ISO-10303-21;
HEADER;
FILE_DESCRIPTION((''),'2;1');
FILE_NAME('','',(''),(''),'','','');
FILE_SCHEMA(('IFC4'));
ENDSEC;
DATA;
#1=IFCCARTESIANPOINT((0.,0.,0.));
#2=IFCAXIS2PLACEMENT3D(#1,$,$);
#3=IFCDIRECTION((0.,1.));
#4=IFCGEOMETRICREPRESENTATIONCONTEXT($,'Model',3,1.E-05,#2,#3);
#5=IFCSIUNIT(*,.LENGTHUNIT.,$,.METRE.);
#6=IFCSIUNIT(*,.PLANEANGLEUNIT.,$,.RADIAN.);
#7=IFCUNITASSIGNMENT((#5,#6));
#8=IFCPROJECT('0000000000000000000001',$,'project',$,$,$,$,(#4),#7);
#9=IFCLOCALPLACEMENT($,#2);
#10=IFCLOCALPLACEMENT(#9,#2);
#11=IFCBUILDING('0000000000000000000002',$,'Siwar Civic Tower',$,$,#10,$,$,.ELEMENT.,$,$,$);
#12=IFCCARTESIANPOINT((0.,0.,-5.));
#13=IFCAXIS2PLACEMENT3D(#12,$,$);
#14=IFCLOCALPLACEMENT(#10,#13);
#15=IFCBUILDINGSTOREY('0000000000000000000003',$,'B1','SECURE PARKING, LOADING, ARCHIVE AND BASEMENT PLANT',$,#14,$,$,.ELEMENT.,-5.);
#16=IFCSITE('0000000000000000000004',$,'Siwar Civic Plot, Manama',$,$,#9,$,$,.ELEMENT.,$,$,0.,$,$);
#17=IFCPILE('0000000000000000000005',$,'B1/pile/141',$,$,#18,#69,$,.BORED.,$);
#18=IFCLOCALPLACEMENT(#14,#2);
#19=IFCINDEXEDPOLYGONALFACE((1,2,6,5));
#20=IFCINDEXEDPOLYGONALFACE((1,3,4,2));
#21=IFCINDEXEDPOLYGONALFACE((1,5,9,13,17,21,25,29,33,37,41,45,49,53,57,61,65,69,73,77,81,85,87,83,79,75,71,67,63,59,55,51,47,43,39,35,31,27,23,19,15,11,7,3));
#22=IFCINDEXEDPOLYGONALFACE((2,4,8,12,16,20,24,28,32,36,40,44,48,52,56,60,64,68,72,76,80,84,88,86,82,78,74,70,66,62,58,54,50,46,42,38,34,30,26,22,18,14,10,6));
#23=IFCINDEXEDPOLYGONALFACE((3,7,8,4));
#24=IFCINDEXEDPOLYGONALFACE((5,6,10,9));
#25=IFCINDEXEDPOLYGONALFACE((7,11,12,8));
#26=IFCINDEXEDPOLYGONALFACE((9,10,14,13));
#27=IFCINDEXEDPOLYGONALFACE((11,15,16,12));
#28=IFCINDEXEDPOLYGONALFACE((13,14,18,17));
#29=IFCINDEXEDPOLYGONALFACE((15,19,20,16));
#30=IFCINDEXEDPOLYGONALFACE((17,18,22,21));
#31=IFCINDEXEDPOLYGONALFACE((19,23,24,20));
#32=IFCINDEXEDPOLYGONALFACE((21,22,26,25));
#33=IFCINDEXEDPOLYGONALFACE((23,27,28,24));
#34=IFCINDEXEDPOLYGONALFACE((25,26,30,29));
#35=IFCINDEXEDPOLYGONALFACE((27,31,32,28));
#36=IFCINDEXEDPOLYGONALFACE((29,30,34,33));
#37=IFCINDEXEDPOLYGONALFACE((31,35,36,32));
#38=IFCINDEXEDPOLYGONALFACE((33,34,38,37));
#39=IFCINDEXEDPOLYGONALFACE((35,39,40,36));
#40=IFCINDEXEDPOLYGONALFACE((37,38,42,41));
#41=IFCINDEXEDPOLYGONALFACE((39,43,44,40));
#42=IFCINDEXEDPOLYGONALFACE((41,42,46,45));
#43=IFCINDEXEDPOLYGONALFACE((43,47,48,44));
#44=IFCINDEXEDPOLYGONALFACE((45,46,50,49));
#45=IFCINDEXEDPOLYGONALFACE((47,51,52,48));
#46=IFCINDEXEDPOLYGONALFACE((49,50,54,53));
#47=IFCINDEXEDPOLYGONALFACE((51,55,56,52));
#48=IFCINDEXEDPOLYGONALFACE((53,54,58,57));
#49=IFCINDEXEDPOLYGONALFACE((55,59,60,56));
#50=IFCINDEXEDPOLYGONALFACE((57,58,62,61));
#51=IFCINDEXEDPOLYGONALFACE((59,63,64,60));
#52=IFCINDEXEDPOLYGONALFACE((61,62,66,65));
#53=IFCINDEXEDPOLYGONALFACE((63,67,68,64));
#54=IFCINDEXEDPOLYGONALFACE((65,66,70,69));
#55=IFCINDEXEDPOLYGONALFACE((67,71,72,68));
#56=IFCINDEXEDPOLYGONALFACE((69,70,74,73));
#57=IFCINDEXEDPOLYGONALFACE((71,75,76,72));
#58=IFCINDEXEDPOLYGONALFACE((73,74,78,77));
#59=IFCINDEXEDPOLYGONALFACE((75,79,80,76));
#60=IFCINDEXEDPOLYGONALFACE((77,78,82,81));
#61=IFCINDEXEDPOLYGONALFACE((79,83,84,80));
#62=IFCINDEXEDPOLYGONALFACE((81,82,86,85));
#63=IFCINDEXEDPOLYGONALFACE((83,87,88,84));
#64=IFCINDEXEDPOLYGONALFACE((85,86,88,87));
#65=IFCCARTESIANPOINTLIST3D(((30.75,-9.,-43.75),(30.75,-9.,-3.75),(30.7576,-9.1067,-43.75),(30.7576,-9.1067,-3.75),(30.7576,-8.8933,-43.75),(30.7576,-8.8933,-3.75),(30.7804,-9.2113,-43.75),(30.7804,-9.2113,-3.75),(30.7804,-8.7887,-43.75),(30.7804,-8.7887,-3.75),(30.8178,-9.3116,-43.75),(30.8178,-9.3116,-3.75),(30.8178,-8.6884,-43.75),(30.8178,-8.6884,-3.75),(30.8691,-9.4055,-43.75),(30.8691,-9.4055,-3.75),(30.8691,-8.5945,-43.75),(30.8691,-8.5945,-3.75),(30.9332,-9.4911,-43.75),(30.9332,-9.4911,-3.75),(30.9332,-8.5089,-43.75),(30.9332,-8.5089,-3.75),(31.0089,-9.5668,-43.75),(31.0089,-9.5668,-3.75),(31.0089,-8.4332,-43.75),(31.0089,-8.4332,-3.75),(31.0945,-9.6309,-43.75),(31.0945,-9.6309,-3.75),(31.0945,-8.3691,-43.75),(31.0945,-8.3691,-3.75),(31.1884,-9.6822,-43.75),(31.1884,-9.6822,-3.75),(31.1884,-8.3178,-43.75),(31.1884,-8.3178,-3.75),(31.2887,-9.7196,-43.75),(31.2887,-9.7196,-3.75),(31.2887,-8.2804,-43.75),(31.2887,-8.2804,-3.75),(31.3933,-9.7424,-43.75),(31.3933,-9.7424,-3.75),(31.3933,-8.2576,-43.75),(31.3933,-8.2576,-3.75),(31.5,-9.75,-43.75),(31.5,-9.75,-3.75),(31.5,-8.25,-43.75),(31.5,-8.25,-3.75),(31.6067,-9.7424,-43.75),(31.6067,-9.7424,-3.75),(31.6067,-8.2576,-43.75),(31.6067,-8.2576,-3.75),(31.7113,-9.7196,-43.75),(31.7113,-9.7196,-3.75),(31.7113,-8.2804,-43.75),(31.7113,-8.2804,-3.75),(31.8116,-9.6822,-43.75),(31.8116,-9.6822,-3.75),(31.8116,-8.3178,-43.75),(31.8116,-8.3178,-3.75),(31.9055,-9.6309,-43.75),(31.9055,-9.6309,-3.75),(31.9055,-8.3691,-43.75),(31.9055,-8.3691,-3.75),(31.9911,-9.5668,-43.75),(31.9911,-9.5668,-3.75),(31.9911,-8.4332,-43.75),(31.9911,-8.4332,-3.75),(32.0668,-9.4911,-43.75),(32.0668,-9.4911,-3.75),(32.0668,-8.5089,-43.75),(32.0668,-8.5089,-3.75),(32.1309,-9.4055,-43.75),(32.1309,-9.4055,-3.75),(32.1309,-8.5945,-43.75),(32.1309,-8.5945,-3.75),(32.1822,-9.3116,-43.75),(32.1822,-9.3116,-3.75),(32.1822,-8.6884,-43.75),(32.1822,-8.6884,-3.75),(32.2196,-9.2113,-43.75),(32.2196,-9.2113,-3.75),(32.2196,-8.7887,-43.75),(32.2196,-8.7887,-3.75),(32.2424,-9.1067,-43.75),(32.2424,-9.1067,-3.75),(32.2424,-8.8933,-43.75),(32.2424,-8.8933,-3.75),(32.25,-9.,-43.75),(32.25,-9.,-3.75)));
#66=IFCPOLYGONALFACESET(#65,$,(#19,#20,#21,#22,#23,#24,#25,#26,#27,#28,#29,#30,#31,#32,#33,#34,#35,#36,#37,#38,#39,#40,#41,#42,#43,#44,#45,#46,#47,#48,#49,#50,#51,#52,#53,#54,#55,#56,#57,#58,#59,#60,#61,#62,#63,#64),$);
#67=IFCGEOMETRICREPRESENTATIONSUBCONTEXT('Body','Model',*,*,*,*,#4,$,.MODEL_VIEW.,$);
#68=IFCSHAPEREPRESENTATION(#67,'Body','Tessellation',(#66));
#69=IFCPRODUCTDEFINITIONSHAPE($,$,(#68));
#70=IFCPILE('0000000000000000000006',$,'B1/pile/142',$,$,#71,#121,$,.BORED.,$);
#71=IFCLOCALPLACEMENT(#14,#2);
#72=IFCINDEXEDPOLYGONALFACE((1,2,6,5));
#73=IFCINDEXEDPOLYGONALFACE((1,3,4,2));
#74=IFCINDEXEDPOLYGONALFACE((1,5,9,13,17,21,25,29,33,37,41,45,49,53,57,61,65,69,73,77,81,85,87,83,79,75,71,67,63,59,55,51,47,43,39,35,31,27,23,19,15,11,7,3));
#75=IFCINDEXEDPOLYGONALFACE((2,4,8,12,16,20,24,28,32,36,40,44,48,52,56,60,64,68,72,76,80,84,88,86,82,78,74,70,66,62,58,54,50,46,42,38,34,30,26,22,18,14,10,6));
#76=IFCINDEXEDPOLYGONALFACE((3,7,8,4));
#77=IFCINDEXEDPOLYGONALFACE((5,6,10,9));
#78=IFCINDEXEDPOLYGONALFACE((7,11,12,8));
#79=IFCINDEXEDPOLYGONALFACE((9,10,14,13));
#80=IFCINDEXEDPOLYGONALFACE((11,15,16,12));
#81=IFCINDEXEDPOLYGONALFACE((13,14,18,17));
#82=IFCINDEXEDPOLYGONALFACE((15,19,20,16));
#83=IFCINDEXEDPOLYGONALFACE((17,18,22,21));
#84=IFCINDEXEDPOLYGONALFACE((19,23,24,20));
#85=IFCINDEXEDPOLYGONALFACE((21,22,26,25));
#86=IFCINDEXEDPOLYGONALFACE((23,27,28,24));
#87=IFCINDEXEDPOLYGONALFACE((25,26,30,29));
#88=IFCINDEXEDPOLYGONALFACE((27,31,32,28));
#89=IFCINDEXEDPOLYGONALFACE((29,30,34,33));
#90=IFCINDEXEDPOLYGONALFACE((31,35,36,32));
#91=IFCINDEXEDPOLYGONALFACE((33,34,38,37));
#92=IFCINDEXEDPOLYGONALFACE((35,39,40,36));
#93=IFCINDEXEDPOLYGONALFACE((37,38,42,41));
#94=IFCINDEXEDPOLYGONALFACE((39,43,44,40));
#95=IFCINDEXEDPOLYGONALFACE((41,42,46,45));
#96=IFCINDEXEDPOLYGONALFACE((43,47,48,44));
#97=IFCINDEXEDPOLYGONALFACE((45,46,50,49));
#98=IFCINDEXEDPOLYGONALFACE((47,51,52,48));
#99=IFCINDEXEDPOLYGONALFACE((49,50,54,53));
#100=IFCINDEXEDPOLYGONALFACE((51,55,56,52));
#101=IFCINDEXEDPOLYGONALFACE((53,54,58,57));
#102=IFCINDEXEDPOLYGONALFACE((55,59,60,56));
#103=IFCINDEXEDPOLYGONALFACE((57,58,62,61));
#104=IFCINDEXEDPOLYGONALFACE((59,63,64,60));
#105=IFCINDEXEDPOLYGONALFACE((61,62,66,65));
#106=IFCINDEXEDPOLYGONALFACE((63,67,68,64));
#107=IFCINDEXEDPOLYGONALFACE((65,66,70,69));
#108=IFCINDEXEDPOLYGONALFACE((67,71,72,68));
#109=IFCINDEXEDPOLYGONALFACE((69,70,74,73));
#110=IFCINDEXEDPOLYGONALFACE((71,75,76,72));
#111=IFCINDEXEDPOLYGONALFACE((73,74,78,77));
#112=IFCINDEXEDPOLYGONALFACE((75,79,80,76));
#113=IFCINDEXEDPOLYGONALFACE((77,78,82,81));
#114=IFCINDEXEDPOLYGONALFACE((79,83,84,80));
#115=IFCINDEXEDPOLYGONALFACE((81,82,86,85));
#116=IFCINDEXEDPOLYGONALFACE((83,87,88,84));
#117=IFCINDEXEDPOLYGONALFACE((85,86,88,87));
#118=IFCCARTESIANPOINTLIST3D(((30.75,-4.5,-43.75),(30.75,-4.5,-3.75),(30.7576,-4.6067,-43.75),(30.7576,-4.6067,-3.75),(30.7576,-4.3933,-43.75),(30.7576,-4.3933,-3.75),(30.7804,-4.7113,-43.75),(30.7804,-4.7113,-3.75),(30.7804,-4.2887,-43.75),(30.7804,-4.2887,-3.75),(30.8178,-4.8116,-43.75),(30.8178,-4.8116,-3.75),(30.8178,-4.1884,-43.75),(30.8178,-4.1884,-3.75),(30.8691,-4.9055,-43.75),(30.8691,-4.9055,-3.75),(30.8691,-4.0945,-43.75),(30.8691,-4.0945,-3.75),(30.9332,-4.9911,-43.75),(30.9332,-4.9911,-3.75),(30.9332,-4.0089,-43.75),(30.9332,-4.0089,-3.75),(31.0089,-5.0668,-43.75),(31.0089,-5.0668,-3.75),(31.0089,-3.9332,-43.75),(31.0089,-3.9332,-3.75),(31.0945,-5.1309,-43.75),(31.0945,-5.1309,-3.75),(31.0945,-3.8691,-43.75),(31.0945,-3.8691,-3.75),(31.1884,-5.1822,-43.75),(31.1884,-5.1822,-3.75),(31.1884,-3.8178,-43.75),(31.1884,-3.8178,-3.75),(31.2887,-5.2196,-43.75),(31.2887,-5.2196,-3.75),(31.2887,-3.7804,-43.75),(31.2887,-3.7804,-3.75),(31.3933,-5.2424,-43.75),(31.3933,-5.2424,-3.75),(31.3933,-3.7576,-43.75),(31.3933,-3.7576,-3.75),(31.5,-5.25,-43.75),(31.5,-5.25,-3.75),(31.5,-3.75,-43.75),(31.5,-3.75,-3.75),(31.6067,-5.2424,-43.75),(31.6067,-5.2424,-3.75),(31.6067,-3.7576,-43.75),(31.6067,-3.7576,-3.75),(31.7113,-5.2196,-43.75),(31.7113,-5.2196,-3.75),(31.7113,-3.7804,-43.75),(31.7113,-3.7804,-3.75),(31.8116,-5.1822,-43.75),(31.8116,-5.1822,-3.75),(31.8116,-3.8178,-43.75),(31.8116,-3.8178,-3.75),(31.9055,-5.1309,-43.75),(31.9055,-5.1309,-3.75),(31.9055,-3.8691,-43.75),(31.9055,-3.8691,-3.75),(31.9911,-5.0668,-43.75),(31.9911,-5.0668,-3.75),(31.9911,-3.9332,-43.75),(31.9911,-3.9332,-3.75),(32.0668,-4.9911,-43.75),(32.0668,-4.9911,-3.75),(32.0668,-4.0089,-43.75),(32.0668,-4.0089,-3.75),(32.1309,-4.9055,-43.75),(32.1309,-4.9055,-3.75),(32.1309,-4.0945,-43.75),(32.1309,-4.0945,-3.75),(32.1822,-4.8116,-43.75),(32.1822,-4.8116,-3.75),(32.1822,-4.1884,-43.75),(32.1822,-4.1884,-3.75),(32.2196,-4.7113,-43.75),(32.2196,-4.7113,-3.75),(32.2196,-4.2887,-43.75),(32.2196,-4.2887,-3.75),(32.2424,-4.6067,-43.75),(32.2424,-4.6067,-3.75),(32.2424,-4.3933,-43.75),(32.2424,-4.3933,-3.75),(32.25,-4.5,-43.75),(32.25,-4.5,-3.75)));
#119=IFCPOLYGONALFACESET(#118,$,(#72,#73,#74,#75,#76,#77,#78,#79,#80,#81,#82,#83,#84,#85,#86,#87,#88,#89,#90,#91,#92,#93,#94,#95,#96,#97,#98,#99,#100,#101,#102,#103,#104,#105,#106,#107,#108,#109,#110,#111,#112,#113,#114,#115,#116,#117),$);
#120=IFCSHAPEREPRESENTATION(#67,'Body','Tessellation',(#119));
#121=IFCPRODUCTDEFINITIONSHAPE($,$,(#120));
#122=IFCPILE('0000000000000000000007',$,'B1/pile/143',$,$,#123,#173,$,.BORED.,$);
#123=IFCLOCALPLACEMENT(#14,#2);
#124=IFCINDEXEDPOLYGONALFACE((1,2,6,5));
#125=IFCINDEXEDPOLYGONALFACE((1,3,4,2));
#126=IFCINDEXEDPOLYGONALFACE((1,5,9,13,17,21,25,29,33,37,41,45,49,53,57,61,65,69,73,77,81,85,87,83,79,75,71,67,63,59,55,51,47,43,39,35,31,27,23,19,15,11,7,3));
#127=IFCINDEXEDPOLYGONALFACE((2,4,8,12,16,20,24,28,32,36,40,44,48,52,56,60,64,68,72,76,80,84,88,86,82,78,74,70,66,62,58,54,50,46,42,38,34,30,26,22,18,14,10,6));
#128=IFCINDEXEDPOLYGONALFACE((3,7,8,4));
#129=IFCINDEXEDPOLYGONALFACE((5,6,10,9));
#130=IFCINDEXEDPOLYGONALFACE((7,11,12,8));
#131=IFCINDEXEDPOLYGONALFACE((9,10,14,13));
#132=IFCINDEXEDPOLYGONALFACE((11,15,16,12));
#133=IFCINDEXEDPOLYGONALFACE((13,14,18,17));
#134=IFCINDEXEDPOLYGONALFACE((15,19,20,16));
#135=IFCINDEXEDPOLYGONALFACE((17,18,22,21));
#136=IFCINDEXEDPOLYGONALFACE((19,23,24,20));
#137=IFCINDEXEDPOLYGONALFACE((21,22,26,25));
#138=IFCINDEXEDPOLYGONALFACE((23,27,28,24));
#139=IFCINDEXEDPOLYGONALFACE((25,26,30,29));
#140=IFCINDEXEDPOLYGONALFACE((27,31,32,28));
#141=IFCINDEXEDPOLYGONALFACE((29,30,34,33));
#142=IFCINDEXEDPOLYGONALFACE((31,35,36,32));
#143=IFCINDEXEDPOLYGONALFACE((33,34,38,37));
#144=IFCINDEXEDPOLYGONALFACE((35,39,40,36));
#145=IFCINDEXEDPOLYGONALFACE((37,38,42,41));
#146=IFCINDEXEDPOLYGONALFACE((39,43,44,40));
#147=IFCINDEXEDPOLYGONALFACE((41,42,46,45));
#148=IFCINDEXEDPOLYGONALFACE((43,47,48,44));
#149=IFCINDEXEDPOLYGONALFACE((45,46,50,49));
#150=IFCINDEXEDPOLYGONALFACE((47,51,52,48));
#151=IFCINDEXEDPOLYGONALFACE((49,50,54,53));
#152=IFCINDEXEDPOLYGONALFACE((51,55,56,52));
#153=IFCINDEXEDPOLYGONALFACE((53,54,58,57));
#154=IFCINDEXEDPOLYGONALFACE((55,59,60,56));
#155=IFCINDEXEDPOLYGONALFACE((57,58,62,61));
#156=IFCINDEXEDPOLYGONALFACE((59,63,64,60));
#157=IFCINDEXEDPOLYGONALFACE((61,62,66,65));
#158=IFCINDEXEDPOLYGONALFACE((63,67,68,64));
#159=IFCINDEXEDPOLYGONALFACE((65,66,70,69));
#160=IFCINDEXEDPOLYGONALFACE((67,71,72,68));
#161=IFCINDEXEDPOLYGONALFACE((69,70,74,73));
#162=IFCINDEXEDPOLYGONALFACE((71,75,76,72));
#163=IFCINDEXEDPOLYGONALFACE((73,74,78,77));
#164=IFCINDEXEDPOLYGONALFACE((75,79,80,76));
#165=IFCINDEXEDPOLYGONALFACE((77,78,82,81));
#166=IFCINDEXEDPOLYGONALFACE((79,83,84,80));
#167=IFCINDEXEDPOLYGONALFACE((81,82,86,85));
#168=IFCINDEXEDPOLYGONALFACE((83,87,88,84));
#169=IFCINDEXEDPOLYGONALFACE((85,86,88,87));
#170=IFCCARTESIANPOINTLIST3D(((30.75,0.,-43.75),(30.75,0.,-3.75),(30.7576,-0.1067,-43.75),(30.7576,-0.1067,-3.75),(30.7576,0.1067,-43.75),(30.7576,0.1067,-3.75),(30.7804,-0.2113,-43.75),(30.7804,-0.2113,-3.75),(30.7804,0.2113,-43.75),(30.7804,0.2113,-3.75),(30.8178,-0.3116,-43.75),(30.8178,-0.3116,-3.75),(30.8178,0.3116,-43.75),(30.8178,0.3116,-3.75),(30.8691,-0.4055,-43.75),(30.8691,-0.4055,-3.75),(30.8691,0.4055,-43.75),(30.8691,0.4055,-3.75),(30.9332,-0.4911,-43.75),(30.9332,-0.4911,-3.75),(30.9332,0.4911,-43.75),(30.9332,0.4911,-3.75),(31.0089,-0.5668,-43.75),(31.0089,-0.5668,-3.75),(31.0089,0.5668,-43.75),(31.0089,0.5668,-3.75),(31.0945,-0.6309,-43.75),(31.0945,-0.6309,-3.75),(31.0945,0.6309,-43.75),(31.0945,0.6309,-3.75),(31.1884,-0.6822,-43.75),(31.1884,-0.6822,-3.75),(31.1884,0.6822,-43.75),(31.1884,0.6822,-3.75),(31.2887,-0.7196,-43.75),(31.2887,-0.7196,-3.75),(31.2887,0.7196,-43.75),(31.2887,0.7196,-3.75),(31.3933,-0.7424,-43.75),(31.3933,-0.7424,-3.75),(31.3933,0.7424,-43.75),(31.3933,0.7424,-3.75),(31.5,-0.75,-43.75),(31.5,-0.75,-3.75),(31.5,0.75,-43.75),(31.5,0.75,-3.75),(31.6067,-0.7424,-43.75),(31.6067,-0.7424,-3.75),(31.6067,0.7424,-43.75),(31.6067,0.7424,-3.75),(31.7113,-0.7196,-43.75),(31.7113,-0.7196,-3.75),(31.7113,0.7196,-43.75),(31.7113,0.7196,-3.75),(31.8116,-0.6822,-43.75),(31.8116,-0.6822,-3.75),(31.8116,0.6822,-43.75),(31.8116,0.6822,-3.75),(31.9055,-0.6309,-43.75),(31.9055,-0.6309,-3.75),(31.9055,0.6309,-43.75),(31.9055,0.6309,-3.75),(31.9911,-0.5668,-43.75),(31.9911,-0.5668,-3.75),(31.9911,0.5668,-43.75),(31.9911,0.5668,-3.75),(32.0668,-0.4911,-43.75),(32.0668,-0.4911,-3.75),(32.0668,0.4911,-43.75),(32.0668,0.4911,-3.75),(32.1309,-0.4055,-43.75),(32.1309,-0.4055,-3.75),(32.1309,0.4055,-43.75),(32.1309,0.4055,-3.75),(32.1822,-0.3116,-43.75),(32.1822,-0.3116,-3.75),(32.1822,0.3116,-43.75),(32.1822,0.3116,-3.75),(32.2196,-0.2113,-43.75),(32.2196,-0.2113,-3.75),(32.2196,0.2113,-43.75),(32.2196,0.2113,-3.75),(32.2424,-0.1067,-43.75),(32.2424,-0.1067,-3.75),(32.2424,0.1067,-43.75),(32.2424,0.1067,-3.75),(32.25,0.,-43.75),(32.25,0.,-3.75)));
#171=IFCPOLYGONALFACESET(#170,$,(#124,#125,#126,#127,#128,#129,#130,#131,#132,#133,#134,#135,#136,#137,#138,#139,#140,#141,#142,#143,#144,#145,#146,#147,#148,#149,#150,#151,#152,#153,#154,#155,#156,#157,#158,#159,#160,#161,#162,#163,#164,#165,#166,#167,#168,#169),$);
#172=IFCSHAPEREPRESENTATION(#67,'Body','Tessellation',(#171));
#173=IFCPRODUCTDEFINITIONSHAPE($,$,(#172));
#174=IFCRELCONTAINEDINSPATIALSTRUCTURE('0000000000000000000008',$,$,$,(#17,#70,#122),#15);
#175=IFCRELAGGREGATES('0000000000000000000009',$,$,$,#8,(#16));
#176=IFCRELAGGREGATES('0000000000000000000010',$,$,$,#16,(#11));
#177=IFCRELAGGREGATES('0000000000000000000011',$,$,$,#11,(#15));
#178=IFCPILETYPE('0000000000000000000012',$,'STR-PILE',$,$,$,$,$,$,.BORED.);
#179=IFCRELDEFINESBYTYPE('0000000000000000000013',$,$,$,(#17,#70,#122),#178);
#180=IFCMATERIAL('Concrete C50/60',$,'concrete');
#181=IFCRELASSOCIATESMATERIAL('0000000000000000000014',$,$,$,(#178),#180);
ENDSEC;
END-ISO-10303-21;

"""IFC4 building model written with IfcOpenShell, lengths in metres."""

from ifc_helpers import new_model, si_unit, direction, frame, origin, origin_2d, place, context, subcontext, project, spatial, circle, extrude, material, material_profile, profile_set, type_object, element, save


model = new_model("IFC4")

# Units and contexts
model_context = context("Model", 3, precision=1e-05, world=origin(), true_north=direction((0.0, 1.0)))
body_context = subcontext(model_context, "Body", "Model", "MODEL_VIEW")
ifc_project = project(units=[si_unit("LENGTHUNIT", "METRE"), si_unit("PLANEANGLEUNIT", "RADIAN")], contexts=[model_context])

# Site, building, storey
site_placement = place(None, origin())
site = spatial("IfcSite", under=ifc_project, at=site_placement, Name="Siwar Civic Plot, Manama", CompositionType="ELEMENT", RefElevation=0.0)
building_placement = place(site_placement, origin())
building = spatial("IfcBuilding", under=site, at=building_placement, Name="Siwar Civic Tower", CompositionType="ELEMENT")
storey_placement = place(building_placement, frame((0.0, 0.0, -5.0)))
storey = spatial("IfcBuildingStorey", under=building, at=storey_placement, Name="B1", Description="SECURE PARKING, LOADING, ARCHIVE AND BASEMENT PLANT", CompositionType="ELEMENT", Elevation=-5.0)

# Piles
ifc_material_1 = material(Name="Concrete C50/60", Category="concrete")
ifc_material_profile_1 = material_profile(ifc_material_1, circle(Radius=0.75, at=origin_2d()), Name="PILE1500")
ifc_profile_set_1 = profile_set([ifc_material_profile_1], Name="Concrete C50/60")
pile_type = type_object("IfcPileType", Name="STR-PILE", PredefinedType="BORED", material=ifc_profile_set_1)
for number, where, z_axis, x_axis, name in (
    (1, (31.5, -9.0, -3.75), (0.0, 0.0, -1.0), (1.0, 0.0, 0.0), "B1/pile/141"),
    (2, (31.5, -4.5, -3.75), (0.0, 0.0, -1.0), (1.0, 0.0, 0.0), "B1/pile/142"),
    (3, (31.5, 0.0, -3.75), (0.0, 0.0, -1.0), (1.0, 0.0, 0.0), "B1/pile/143"),
):
    element("IfcPile", number, at=place(storey_placement, frame(where, z_axis=z_axis, x_axis=x_axis)), inside=storey, type_object=pile_type, Name=name, PredefinedType="BORED", context=body_context, shape_type="SweptSolid", body=[
        extrude(circle(Radius=0.75, at=origin_2d()), origin(), (0.0, 0.0, 1.0), 40.0),
    ])

save(model, "model.ifc")
